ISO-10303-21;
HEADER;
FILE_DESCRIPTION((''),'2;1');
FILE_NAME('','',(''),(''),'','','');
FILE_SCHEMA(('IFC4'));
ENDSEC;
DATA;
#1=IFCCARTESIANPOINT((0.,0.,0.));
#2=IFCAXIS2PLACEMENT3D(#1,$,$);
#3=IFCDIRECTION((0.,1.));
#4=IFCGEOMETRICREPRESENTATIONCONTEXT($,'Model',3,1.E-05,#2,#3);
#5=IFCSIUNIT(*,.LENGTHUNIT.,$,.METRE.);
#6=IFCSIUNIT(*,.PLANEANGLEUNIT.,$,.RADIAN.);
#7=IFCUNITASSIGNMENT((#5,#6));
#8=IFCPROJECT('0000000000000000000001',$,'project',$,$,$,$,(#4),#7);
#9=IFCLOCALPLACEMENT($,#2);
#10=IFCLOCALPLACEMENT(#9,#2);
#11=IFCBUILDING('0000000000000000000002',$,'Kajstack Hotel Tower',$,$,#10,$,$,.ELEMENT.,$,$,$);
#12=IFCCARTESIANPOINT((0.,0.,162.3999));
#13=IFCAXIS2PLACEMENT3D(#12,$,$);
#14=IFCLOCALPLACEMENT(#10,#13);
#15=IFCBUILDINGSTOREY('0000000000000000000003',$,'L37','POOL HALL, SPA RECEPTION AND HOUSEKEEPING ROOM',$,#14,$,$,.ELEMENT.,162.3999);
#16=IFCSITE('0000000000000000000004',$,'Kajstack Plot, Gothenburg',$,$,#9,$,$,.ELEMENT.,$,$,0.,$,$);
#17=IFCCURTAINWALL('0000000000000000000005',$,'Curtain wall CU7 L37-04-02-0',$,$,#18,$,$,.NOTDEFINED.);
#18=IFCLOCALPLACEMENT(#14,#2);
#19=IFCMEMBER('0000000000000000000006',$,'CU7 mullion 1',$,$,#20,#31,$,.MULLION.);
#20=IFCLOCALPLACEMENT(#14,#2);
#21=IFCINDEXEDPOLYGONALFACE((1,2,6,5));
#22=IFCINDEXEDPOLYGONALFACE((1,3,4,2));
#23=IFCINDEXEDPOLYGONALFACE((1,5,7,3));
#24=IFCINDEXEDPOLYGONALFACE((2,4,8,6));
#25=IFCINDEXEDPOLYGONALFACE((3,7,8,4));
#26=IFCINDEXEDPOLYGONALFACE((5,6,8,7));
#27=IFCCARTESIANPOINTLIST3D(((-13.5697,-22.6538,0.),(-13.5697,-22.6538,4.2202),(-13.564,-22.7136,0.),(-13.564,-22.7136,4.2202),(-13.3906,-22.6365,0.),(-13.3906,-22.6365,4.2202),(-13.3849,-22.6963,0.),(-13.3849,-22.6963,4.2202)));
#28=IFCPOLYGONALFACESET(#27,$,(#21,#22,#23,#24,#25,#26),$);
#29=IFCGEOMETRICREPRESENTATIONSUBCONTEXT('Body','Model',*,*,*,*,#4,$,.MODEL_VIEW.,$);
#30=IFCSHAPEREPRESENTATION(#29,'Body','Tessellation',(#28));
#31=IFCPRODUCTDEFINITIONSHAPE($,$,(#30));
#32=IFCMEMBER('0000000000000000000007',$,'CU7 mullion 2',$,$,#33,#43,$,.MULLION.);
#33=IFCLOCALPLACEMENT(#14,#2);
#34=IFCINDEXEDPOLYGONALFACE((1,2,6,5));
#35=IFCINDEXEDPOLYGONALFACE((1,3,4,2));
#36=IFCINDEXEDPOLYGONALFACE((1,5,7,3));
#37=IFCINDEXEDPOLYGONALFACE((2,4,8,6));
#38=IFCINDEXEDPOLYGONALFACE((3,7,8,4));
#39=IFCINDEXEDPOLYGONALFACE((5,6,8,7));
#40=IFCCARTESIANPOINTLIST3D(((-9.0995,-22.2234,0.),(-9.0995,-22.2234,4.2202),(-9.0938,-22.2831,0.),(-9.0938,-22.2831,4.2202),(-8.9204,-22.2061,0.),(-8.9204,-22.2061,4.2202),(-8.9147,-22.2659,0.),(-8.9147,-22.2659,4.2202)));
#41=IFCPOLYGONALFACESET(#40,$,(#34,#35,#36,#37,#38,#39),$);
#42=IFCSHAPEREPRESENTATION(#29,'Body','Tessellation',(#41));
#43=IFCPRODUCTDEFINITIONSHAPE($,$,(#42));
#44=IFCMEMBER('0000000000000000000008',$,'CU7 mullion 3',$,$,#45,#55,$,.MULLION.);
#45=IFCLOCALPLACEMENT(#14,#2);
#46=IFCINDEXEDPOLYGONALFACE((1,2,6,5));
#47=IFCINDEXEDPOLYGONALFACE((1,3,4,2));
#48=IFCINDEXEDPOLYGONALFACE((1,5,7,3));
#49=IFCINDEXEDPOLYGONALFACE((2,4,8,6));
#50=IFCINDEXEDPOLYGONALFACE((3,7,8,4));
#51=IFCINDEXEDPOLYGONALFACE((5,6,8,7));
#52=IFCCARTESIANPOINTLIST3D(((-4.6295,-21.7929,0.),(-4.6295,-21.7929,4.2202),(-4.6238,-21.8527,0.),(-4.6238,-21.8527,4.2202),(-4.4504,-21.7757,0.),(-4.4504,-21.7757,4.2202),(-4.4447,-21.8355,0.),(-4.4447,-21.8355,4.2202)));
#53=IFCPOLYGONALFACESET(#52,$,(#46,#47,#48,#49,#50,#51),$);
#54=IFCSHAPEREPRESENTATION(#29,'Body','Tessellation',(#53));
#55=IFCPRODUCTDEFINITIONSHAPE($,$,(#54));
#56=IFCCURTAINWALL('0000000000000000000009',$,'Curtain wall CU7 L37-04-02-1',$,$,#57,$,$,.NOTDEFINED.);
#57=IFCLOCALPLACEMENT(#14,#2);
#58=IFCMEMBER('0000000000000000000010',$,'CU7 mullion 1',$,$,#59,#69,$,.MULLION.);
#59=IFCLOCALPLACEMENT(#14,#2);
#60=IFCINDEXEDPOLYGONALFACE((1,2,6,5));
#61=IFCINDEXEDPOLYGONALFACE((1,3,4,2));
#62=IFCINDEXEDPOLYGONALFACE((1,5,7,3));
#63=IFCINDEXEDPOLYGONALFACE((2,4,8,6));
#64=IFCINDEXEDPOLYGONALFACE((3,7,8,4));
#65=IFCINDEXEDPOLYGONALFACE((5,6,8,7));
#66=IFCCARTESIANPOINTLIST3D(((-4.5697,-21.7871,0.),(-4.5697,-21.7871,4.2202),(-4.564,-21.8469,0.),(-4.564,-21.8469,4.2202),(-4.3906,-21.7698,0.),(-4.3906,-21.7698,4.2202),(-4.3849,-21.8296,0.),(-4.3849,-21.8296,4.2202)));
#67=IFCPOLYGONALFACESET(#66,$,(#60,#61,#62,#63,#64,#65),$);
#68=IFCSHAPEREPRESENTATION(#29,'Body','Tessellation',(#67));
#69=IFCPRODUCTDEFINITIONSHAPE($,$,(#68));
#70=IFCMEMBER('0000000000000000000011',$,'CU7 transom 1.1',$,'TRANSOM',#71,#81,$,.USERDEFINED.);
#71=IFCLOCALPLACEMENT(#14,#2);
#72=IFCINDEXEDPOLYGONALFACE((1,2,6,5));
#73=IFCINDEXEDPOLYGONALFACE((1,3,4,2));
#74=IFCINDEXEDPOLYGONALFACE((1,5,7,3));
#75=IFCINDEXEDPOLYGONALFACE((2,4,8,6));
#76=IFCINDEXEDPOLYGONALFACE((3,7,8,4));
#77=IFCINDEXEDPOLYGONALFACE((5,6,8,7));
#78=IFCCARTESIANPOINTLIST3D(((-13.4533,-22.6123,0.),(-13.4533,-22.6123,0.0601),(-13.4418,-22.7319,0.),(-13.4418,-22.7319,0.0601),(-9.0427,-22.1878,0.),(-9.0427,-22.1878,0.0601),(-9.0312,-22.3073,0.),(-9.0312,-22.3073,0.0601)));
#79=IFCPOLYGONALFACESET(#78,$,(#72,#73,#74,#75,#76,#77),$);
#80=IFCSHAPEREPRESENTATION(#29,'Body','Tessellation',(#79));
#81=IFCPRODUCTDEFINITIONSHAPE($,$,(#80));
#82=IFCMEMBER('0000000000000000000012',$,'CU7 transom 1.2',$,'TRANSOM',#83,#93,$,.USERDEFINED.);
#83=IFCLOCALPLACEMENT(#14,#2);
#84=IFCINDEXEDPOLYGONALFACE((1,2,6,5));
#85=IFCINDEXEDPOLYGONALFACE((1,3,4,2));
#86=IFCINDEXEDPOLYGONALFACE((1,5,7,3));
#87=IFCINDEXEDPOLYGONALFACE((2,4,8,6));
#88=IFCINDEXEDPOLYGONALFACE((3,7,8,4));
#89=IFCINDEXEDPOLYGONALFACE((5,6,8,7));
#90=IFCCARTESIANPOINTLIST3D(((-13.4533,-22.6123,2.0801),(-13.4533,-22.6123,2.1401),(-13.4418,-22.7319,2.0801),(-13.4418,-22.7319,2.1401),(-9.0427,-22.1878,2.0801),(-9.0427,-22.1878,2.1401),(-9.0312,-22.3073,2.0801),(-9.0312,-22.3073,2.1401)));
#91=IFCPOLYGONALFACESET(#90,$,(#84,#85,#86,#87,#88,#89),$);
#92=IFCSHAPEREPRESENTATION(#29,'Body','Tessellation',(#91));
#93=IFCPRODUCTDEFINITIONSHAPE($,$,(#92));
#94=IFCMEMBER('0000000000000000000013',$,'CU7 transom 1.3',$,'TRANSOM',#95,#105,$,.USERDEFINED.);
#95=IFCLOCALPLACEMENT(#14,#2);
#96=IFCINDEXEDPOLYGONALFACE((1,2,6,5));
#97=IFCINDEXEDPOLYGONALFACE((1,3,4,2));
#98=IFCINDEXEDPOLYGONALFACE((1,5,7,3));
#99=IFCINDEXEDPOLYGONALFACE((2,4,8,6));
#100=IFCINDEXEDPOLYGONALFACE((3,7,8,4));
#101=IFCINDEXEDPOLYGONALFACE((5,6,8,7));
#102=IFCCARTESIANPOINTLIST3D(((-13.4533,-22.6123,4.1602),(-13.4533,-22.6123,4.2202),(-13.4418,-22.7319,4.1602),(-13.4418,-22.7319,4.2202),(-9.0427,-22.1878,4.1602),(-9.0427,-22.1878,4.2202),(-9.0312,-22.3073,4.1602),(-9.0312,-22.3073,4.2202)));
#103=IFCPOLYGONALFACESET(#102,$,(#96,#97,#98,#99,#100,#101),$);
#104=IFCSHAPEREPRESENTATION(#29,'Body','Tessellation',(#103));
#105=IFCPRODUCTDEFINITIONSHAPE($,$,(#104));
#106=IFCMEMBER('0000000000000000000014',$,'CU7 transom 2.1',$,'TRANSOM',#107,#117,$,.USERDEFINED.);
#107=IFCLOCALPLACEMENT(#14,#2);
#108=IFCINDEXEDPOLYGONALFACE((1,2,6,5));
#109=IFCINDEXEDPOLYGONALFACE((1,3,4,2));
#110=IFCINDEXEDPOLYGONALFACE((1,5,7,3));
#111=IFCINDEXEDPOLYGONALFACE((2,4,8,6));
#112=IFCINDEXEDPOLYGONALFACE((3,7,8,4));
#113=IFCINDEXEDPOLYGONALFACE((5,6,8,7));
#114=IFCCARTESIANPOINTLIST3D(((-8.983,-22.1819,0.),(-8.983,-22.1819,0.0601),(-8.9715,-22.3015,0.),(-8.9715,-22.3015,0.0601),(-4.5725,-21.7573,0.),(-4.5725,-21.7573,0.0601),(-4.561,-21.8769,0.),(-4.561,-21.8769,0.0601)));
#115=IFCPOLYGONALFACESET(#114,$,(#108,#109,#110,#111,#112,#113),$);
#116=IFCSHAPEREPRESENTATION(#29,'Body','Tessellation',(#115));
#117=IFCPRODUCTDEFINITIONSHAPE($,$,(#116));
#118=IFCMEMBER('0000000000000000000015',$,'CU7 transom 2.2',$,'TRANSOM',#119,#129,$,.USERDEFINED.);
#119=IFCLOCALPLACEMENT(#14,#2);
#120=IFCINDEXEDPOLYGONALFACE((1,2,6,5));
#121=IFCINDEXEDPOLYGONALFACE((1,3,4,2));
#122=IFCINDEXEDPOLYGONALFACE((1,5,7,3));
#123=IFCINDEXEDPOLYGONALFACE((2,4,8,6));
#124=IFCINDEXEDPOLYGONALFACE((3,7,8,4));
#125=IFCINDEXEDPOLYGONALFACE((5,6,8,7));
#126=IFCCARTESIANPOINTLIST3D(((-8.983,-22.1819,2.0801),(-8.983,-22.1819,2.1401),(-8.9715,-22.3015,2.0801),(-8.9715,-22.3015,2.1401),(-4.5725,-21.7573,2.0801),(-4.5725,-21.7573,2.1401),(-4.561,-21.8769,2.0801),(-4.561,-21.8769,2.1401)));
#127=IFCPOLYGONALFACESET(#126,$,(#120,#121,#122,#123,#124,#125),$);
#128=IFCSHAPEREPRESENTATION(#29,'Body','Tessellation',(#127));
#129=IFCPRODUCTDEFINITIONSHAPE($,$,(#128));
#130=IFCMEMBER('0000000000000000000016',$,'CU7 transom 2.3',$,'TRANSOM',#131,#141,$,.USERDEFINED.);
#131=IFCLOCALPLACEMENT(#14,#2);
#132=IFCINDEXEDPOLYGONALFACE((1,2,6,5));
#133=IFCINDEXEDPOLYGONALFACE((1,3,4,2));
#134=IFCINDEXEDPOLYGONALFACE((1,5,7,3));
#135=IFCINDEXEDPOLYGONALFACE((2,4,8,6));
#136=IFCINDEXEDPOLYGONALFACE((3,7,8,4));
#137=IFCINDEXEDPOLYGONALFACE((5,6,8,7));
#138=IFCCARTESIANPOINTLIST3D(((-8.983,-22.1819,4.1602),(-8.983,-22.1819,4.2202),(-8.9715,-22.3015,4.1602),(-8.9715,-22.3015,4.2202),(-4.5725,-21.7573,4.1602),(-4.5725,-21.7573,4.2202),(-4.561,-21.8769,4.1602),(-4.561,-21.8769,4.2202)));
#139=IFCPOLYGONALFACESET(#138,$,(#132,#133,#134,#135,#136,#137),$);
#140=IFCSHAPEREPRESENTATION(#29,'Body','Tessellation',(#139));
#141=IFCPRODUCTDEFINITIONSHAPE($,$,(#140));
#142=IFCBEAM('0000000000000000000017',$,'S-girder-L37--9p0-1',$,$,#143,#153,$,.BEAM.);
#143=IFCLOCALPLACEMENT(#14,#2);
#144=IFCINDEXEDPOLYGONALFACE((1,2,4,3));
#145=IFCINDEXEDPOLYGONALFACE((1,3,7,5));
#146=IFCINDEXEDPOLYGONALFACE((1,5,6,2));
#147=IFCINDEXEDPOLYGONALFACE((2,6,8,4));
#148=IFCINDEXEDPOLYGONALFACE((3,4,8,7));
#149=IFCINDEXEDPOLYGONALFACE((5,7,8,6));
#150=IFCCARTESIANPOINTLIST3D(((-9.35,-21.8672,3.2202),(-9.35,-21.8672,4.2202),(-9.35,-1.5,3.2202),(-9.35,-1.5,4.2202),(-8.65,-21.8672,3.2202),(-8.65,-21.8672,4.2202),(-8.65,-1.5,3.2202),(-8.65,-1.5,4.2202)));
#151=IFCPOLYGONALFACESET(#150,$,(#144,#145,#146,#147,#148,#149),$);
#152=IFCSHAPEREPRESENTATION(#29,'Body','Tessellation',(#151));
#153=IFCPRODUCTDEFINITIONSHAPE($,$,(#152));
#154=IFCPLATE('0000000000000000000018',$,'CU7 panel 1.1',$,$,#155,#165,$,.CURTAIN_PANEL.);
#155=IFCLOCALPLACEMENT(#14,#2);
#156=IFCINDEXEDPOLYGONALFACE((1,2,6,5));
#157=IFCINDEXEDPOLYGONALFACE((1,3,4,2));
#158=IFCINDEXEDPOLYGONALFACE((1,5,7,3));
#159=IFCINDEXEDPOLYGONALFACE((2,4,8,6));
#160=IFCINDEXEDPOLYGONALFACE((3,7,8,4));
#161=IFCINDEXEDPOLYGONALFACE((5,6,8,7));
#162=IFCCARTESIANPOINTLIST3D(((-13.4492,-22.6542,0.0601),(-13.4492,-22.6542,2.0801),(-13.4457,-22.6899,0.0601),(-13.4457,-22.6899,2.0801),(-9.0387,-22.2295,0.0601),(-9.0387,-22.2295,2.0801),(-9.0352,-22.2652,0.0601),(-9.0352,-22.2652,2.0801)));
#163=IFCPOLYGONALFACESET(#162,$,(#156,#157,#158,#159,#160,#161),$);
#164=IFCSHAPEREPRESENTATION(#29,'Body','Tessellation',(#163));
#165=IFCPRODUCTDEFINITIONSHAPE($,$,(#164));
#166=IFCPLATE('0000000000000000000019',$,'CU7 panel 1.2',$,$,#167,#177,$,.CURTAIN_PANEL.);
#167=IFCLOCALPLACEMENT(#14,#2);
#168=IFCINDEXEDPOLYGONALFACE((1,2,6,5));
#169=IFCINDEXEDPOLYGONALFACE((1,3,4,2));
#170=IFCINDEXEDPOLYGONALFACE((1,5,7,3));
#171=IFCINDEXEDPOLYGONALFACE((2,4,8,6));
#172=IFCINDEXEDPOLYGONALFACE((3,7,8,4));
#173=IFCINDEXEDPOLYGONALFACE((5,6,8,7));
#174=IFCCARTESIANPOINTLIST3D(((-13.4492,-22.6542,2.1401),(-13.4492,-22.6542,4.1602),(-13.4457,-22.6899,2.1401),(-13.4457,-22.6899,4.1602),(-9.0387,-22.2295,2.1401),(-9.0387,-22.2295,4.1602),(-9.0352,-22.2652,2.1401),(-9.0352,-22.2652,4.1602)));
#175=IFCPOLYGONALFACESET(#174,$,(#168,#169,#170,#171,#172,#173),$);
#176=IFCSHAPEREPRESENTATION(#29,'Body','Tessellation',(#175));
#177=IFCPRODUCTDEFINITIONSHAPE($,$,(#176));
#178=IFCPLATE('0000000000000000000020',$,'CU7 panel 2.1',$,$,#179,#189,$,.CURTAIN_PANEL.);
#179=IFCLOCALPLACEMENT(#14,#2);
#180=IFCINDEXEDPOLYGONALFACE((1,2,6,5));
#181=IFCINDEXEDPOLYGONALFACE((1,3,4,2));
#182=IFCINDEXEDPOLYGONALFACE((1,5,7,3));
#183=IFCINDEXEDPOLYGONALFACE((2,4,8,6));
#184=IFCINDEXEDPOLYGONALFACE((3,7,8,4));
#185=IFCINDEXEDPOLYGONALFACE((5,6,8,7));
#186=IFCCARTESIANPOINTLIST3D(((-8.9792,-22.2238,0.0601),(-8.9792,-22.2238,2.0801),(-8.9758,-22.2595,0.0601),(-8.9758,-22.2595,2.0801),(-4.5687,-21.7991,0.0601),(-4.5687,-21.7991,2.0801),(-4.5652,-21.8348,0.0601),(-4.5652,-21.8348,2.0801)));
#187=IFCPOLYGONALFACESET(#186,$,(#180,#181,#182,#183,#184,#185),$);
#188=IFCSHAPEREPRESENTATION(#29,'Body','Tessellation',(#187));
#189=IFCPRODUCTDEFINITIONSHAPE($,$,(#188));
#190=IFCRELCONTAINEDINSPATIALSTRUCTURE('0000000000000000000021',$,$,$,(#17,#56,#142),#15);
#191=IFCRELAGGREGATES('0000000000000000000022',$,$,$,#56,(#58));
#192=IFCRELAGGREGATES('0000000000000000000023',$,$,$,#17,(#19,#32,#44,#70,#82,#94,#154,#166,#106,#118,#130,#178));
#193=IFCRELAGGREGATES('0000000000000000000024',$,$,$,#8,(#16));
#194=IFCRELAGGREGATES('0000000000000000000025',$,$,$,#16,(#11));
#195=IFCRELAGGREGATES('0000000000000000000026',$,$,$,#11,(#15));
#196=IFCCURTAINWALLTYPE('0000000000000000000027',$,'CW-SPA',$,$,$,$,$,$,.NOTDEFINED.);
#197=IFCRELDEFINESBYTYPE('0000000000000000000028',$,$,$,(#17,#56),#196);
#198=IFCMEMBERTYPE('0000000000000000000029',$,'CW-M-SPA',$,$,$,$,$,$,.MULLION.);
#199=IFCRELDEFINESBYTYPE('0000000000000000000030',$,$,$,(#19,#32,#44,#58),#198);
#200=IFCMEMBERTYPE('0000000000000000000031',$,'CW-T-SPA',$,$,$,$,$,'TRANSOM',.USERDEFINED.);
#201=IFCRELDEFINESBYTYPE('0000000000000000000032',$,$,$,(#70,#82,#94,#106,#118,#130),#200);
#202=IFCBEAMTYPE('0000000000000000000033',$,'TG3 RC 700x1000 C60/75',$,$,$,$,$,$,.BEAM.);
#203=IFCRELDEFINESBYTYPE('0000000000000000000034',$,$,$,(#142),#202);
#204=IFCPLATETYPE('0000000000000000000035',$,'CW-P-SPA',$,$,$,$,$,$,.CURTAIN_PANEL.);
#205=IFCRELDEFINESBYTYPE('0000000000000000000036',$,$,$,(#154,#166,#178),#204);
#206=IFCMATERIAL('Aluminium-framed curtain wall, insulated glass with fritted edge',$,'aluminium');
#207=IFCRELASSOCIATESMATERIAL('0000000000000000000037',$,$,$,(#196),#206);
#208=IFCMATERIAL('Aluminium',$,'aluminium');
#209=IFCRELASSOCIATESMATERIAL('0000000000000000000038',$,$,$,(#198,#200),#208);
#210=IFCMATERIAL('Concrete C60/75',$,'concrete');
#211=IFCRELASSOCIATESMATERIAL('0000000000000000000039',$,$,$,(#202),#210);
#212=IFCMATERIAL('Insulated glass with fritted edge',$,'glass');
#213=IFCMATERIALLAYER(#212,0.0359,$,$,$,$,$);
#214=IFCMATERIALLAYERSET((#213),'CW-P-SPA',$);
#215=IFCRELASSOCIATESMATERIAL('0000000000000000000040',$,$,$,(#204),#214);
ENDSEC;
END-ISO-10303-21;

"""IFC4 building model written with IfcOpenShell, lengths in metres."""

from ifc_helpers import new_model, si_unit, direction, frame, origin, origin_2d, place, context, subcontext, project, spatial, rectangle, extrude, material, layer, layer_set, material_profile, profile_set, type_object, element, aggregate, save


model = new_model("IFC4")

# Units and contexts
model_context = context("Model", 3, precision=1e-05, world=origin(), true_north=direction((0.0, 1.0)))
body_context = subcontext(model_context, "Body", "Model", "MODEL_VIEW")
ifc_project = project(units=[si_unit("LENGTHUNIT", "METRE"), si_unit("PLANEANGLEUNIT", "RADIAN")], contexts=[model_context])

# Site, building, storey
site_placement = place(None, origin())
site = spatial("IfcSite", under=ifc_project, at=site_placement, Name="Kajstack Plot, Gothenburg", CompositionType="ELEMENT", RefElevation=0.0)
building_placement = place(site_placement, origin())
building = spatial("IfcBuilding", under=site, at=building_placement, Name="Kajstack Hotel Tower", CompositionType="ELEMENT")
storey_placement = place(building_placement, frame((0.0, 0.0, 162.3999)))
storey = spatial("IfcBuildingStorey", under=building, at=storey_placement, Name="L37", Description="POOL HALL, SPA RECEPTION AND HOUSEKEEPING ROOM", CompositionType="ELEMENT", Elevation=162.3999)

# Curtain wall, members
ifc_material_1 = material(Name="Aluminium-framed curtain wall, insulated glass with fritted edge", Category="aluminium")
curtain_wall_type = type_object("IfcCurtainWallType", Name="CW-SPA", PredefinedType="NOTDEFINED", material=ifc_material_1)
curtain_wall_1_placement = place(storey_placement, origin())
curtain_wall_1 = element("IfcCurtainWall", 1, at=curtain_wall_1_placement, inside=storey, type_object=curtain_wall_type, Name="Curtain wall CU7 L37-04-02-0", PredefinedType="NOTDEFINED")
ifc_material_2 = material(Name="Aluminium", Category="aluminium")
ifc_material_profile_1 = material_profile(ifc_material_2, rectangle(XDim=0.0601, YDim=0.1799, at=origin_2d()), Name="Aluminium mullion 60 x 180")
ifc_profile_set_1 = profile_set([ifc_material_profile_1], Name="Aluminium")
member_type_1 = type_object("IfcMemberType", Name="CW-M-SPA", PredefinedType="MULLION", material=ifc_profile_set_1)
member_1_placement = place(storey_placement, frame((-13.4773, -22.675, 0.0), z_axis=(0.0, 0.0, 1.0), x_axis=(-0.095845, 0.995396, 0.0)))
member_1 = element("IfcMember", 2, at=member_1_placement, type_object=member_type_1, Name="CU7 mullion 1", PredefinedType="MULLION", context=body_context, shape_type="SweptSolid", body=[
    extrude(rectangle(XDim=0.0601, YDim=0.1799, at=origin_2d()), origin(), (0.0, 0.0, 1.0), 4.2202),
])
member_2_placement = place(storey_placement, frame((-9.0071, -22.2446, 0.0), z_axis=(0.0, 0.0, 1.0), x_axis=(-0.095845, 0.995396, 0.0)))
member_2 = element("IfcMember", 3, at=member_2_placement, type_object=member_type_1, Name="CU7 mullion 2", PredefinedType="MULLION", context=body_context, shape_type="SweptSolid", body=[
    extrude(rectangle(XDim=0.0601, YDim=0.1799, at=origin_2d()), origin(), (0.0, 0.0, 1.0), 4.2202),
])
member_3_placement = place(storey_placement, frame((-4.5371, -21.8142, 0.0), z_axis=(0.0, 0.0, 1.0), x_axis=(-0.095845, 0.995396, 0.0)))
member_3 = element("IfcMember", 4, at=member_3_placement, type_object=member_type_1, Name="CU7 mullion 3", PredefinedType="MULLION", context=body_context, shape_type="SweptSolid", body=[
    extrude(rectangle(XDim=0.0601, YDim=0.1799, at=origin_2d()), origin(), (0.0, 0.0, 1.0), 4.2202),
])

# Curtain wall, member
curtain_wall_2_placement = place(storey_placement, origin())
curtain_wall_2 = element("IfcCurtainWall", 5, at=curtain_wall_2_placement, inside=storey, type_object=curtain_wall_type, Name="Curtain wall CU7 L37-04-02-1", PredefinedType="NOTDEFINED")
member_4_placement = place(storey_placement, frame((-4.4773, -21.8083, 0.0), z_axis=(0.0, 0.0, 1.0), x_axis=(-0.095845, 0.995396, 0.0)))
member_4 = element("IfcMember", 6, at=member_4_placement, type_object=member_type_1, Name="CU7 mullion 1", PredefinedType="MULLION", context=body_context, shape_type="SweptSolid", body=[
    extrude(rectangle(XDim=0.0601, YDim=0.1799, at=origin_2d()), origin(), (0.0, 0.0, 1.0), 4.2202),
])
aggregate(curtain_wall_2, [member_4])

# Members
ifc_material_profile_2 = material_profile(ifc_material_2, rectangle(XDim=0.1201, YDim=0.0601, at=origin_2d()), Name="Aluminium transom 120 x 60")
ifc_profile_set_2 = profile_set([ifc_material_profile_2], Name="Aluminium")
member_type_2 = type_object("IfcMemberType", Name="CW-T-SPA", ElementType="TRANSOM", PredefinedType="USERDEFINED", material=ifc_profile_set_2)
member_5_placement = place(storey_placement, frame((-13.4475, -22.6721, 0.03), z_axis=(0.995399, 0.095821, 0.0), x_axis=(-0.095821, 0.995399, 0.0)))
member_5 = element("IfcMember", 7, at=member_5_placement, type_object=member_type_2, Name="CU7 transom 1.1", ObjectType="TRANSOM", PredefinedType="USERDEFINED", context=body_context, shape_type="SweptSolid", body=[
    extrude(rectangle(XDim=0.1201, YDim=0.0601, at=origin_2d()), origin(), (0.0, 0.0, 1.0), 4.4309),
])
member_6_placement = place(storey_placement, frame((-13.4475, -22.6721, 2.1101), z_axis=(0.995399, 0.095821, 0.0), x_axis=(-0.095821, 0.995399, 0.0)))
member_6 = element("IfcMember", 8, at=member_6_placement, type_object=member_type_2, Name="CU7 transom 1.2", ObjectType="TRANSOM", PredefinedType="USERDEFINED", context=body_context, shape_type="SweptSolid", body=[
    extrude(rectangle(XDim=0.1201, YDim=0.0601, at=origin_2d()), origin(), (0.0, 0.0, 1.0), 4.4309),
])
member_7_placement = place(storey_placement, frame((-13.4475, -22.6721, 4.1902), z_axis=(0.995399, 0.095821, 0.0), x_axis=(-0.095821, 0.995399, 0.0)))
member_7 = element("IfcMember", 9, at=member_7_placement, type_object=member_type_2, Name="CU7 transom 1.3", ObjectType="TRANSOM", PredefinedType="USERDEFINED", context=body_context, shape_type="SweptSolid", body=[
    extrude(rectangle(XDim=0.1201, YDim=0.0601, at=origin_2d()), origin(), (0.0, 0.0, 1.0), 4.4309),
])
member_8_placement = place(storey_placement, frame((-8.9773, -22.2417, 0.03), z_axis=(0.995399, 0.095821, 0.0), x_axis=(-0.095821, 0.995399, 0.0)))
member_8 = element("IfcMember", 10, at=member_8_placement, type_object=member_type_2, Name="CU7 transom 2.1", ObjectType="TRANSOM", PredefinedType="USERDEFINED", context=body_context, shape_type="SweptSolid", body=[
    extrude(rectangle(XDim=0.1201, YDim=0.0601, at=origin_2d()), origin(), (0.0, 0.0, 1.0), 4.4309),
])
member_9_placement = place(storey_placement, frame((-8.9773, -22.2417, 2.1101), z_axis=(0.995399, 0.095821, 0.0), x_axis=(-0.095821, 0.995399, 0.0)))
member_9 = element("IfcMember", 11, at=member_9_placement, type_object=member_type_2, Name="CU7 transom 2.2", ObjectType="TRANSOM", PredefinedType="USERDEFINED", context=body_context, shape_type="SweptSolid", body=[
    extrude(rectangle(XDim=0.1201, YDim=0.0601, at=origin_2d()), origin(), (0.0, 0.0, 1.0), 4.4309),
])
member_10_placement = place(storey_placement, frame((-8.9773, -22.2417, 4.1902), z_axis=(0.995399, 0.095821, 0.0), x_axis=(-0.095821, 0.995399, 0.0)))
member_10 = element("IfcMember", 12, at=member_10_placement, type_object=member_type_2, Name="CU7 transom 2.3", ObjectType="TRANSOM", PredefinedType="USERDEFINED", context=body_context, shape_type="SweptSolid", body=[
    extrude(rectangle(XDim=0.1201, YDim=0.0601, at=origin_2d()), origin(), (0.0, 0.0, 1.0), 4.4309),
])

# Beam
ifc_material_3 = material(Name="Concrete C60/75", Category="concrete")
ifc_material_profile_3 = material_profile(ifc_material_3, rectangle(XDim=0.7, YDim=1.0, at=origin_2d()), Name="RC 700x1000")
ifc_profile_set_3 = profile_set([ifc_material_profile_3], Name="Concrete C60/75")
beam_type = type_object("IfcBeamType", Name="TG3 RC 700x1000 C60/75", PredefinedType="BEAM", material=ifc_profile_set_3)
beam_placement = place(storey_placement, frame((-9.0, -21.8672, 3.7202), z_axis=(0.0, 1.0, 0.0), x_axis=(-1.0, 0.0, 0.0)))
element("IfcBeam", 13, at=beam_placement, inside=storey, type_object=beam_type, Name="S-girder-L37--9p0-1", PredefinedType="BEAM", context=body_context, shape_type="SweptSolid", body=[
    extrude(rectangle(XDim=0.7, YDim=1.0, at=origin_2d()), origin(), (0.0, 0.0, 1.0), 20.3672),
])

# Plates
ifc_material_4 = material(Name="Insulated glass with fritted edge", Category="glass")
ifc_layer_1 = layer(ifc_material_4, 0.0359)
ifc_layer_set_1 = layer_set([ifc_layer_1], Name="CW-P-SPA")
plate_type = type_object("IfcPlateType", Name="CW-P-SPA", PredefinedType="CURTAIN_PANEL", material=ifc_layer_set_1)
plate_1_placement = place(storey_placement, frame((-11.2422, -22.4597, 0.0601), z_axis=(0.0, 0.0, 1.0), x_axis=(0.995396, 0.095845, 0.0)))
plate_1 = element("IfcPlate", 14, at=plate_1_placement, type_object=plate_type, Name="CU7 panel 1.1", PredefinedType="CURTAIN_PANEL", context=body_context, shape_type="SweptSolid", body=[
    extrude(rectangle(XDim=4.4309, YDim=0.0359, at=origin_2d()), origin(), (0.0, 0.0, 1.0), 2.02),
])
plate_2_placement = place(storey_placement, frame((-11.2422, -22.4597, 2.1401), z_axis=(0.0, 0.0, 1.0), x_axis=(0.995396, 0.095845, 0.0)))
plate_2 = element("IfcPlate", 15, at=plate_2_placement, type_object=plate_type, Name="CU7 panel 1.2", PredefinedType="CURTAIN_PANEL", context=body_context, shape_type="SweptSolid", body=[
    extrude(rectangle(XDim=4.4309, YDim=0.0359, at=origin_2d()), origin(), (0.0, 0.0, 1.0), 2.02),
])
plate_3_placement = place(storey_placement, frame((-6.7722, -22.0293, 0.0601), z_axis=(0.0, 0.0, 1.0), x_axis=(0.995396, 0.095845, 0.0)))
plate_3 = element("IfcPlate", 16, at=plate_3_placement, type_object=plate_type, Name="CU7 panel 2.1", PredefinedType="CURTAIN_PANEL", context=body_context, shape_type="SweptSolid", body=[
    extrude(rectangle(XDim=4.4309, YDim=0.0359, at=origin_2d()), origin(), (0.0, 0.0, 1.0), 2.02),
])
aggregate(curtain_wall_1, [member_1, member_2, member_3, member_5, member_6, member_7, plate_1, plate_2, member_8, member_9, member_10, plate_3])

save(model, "model.ifc")
